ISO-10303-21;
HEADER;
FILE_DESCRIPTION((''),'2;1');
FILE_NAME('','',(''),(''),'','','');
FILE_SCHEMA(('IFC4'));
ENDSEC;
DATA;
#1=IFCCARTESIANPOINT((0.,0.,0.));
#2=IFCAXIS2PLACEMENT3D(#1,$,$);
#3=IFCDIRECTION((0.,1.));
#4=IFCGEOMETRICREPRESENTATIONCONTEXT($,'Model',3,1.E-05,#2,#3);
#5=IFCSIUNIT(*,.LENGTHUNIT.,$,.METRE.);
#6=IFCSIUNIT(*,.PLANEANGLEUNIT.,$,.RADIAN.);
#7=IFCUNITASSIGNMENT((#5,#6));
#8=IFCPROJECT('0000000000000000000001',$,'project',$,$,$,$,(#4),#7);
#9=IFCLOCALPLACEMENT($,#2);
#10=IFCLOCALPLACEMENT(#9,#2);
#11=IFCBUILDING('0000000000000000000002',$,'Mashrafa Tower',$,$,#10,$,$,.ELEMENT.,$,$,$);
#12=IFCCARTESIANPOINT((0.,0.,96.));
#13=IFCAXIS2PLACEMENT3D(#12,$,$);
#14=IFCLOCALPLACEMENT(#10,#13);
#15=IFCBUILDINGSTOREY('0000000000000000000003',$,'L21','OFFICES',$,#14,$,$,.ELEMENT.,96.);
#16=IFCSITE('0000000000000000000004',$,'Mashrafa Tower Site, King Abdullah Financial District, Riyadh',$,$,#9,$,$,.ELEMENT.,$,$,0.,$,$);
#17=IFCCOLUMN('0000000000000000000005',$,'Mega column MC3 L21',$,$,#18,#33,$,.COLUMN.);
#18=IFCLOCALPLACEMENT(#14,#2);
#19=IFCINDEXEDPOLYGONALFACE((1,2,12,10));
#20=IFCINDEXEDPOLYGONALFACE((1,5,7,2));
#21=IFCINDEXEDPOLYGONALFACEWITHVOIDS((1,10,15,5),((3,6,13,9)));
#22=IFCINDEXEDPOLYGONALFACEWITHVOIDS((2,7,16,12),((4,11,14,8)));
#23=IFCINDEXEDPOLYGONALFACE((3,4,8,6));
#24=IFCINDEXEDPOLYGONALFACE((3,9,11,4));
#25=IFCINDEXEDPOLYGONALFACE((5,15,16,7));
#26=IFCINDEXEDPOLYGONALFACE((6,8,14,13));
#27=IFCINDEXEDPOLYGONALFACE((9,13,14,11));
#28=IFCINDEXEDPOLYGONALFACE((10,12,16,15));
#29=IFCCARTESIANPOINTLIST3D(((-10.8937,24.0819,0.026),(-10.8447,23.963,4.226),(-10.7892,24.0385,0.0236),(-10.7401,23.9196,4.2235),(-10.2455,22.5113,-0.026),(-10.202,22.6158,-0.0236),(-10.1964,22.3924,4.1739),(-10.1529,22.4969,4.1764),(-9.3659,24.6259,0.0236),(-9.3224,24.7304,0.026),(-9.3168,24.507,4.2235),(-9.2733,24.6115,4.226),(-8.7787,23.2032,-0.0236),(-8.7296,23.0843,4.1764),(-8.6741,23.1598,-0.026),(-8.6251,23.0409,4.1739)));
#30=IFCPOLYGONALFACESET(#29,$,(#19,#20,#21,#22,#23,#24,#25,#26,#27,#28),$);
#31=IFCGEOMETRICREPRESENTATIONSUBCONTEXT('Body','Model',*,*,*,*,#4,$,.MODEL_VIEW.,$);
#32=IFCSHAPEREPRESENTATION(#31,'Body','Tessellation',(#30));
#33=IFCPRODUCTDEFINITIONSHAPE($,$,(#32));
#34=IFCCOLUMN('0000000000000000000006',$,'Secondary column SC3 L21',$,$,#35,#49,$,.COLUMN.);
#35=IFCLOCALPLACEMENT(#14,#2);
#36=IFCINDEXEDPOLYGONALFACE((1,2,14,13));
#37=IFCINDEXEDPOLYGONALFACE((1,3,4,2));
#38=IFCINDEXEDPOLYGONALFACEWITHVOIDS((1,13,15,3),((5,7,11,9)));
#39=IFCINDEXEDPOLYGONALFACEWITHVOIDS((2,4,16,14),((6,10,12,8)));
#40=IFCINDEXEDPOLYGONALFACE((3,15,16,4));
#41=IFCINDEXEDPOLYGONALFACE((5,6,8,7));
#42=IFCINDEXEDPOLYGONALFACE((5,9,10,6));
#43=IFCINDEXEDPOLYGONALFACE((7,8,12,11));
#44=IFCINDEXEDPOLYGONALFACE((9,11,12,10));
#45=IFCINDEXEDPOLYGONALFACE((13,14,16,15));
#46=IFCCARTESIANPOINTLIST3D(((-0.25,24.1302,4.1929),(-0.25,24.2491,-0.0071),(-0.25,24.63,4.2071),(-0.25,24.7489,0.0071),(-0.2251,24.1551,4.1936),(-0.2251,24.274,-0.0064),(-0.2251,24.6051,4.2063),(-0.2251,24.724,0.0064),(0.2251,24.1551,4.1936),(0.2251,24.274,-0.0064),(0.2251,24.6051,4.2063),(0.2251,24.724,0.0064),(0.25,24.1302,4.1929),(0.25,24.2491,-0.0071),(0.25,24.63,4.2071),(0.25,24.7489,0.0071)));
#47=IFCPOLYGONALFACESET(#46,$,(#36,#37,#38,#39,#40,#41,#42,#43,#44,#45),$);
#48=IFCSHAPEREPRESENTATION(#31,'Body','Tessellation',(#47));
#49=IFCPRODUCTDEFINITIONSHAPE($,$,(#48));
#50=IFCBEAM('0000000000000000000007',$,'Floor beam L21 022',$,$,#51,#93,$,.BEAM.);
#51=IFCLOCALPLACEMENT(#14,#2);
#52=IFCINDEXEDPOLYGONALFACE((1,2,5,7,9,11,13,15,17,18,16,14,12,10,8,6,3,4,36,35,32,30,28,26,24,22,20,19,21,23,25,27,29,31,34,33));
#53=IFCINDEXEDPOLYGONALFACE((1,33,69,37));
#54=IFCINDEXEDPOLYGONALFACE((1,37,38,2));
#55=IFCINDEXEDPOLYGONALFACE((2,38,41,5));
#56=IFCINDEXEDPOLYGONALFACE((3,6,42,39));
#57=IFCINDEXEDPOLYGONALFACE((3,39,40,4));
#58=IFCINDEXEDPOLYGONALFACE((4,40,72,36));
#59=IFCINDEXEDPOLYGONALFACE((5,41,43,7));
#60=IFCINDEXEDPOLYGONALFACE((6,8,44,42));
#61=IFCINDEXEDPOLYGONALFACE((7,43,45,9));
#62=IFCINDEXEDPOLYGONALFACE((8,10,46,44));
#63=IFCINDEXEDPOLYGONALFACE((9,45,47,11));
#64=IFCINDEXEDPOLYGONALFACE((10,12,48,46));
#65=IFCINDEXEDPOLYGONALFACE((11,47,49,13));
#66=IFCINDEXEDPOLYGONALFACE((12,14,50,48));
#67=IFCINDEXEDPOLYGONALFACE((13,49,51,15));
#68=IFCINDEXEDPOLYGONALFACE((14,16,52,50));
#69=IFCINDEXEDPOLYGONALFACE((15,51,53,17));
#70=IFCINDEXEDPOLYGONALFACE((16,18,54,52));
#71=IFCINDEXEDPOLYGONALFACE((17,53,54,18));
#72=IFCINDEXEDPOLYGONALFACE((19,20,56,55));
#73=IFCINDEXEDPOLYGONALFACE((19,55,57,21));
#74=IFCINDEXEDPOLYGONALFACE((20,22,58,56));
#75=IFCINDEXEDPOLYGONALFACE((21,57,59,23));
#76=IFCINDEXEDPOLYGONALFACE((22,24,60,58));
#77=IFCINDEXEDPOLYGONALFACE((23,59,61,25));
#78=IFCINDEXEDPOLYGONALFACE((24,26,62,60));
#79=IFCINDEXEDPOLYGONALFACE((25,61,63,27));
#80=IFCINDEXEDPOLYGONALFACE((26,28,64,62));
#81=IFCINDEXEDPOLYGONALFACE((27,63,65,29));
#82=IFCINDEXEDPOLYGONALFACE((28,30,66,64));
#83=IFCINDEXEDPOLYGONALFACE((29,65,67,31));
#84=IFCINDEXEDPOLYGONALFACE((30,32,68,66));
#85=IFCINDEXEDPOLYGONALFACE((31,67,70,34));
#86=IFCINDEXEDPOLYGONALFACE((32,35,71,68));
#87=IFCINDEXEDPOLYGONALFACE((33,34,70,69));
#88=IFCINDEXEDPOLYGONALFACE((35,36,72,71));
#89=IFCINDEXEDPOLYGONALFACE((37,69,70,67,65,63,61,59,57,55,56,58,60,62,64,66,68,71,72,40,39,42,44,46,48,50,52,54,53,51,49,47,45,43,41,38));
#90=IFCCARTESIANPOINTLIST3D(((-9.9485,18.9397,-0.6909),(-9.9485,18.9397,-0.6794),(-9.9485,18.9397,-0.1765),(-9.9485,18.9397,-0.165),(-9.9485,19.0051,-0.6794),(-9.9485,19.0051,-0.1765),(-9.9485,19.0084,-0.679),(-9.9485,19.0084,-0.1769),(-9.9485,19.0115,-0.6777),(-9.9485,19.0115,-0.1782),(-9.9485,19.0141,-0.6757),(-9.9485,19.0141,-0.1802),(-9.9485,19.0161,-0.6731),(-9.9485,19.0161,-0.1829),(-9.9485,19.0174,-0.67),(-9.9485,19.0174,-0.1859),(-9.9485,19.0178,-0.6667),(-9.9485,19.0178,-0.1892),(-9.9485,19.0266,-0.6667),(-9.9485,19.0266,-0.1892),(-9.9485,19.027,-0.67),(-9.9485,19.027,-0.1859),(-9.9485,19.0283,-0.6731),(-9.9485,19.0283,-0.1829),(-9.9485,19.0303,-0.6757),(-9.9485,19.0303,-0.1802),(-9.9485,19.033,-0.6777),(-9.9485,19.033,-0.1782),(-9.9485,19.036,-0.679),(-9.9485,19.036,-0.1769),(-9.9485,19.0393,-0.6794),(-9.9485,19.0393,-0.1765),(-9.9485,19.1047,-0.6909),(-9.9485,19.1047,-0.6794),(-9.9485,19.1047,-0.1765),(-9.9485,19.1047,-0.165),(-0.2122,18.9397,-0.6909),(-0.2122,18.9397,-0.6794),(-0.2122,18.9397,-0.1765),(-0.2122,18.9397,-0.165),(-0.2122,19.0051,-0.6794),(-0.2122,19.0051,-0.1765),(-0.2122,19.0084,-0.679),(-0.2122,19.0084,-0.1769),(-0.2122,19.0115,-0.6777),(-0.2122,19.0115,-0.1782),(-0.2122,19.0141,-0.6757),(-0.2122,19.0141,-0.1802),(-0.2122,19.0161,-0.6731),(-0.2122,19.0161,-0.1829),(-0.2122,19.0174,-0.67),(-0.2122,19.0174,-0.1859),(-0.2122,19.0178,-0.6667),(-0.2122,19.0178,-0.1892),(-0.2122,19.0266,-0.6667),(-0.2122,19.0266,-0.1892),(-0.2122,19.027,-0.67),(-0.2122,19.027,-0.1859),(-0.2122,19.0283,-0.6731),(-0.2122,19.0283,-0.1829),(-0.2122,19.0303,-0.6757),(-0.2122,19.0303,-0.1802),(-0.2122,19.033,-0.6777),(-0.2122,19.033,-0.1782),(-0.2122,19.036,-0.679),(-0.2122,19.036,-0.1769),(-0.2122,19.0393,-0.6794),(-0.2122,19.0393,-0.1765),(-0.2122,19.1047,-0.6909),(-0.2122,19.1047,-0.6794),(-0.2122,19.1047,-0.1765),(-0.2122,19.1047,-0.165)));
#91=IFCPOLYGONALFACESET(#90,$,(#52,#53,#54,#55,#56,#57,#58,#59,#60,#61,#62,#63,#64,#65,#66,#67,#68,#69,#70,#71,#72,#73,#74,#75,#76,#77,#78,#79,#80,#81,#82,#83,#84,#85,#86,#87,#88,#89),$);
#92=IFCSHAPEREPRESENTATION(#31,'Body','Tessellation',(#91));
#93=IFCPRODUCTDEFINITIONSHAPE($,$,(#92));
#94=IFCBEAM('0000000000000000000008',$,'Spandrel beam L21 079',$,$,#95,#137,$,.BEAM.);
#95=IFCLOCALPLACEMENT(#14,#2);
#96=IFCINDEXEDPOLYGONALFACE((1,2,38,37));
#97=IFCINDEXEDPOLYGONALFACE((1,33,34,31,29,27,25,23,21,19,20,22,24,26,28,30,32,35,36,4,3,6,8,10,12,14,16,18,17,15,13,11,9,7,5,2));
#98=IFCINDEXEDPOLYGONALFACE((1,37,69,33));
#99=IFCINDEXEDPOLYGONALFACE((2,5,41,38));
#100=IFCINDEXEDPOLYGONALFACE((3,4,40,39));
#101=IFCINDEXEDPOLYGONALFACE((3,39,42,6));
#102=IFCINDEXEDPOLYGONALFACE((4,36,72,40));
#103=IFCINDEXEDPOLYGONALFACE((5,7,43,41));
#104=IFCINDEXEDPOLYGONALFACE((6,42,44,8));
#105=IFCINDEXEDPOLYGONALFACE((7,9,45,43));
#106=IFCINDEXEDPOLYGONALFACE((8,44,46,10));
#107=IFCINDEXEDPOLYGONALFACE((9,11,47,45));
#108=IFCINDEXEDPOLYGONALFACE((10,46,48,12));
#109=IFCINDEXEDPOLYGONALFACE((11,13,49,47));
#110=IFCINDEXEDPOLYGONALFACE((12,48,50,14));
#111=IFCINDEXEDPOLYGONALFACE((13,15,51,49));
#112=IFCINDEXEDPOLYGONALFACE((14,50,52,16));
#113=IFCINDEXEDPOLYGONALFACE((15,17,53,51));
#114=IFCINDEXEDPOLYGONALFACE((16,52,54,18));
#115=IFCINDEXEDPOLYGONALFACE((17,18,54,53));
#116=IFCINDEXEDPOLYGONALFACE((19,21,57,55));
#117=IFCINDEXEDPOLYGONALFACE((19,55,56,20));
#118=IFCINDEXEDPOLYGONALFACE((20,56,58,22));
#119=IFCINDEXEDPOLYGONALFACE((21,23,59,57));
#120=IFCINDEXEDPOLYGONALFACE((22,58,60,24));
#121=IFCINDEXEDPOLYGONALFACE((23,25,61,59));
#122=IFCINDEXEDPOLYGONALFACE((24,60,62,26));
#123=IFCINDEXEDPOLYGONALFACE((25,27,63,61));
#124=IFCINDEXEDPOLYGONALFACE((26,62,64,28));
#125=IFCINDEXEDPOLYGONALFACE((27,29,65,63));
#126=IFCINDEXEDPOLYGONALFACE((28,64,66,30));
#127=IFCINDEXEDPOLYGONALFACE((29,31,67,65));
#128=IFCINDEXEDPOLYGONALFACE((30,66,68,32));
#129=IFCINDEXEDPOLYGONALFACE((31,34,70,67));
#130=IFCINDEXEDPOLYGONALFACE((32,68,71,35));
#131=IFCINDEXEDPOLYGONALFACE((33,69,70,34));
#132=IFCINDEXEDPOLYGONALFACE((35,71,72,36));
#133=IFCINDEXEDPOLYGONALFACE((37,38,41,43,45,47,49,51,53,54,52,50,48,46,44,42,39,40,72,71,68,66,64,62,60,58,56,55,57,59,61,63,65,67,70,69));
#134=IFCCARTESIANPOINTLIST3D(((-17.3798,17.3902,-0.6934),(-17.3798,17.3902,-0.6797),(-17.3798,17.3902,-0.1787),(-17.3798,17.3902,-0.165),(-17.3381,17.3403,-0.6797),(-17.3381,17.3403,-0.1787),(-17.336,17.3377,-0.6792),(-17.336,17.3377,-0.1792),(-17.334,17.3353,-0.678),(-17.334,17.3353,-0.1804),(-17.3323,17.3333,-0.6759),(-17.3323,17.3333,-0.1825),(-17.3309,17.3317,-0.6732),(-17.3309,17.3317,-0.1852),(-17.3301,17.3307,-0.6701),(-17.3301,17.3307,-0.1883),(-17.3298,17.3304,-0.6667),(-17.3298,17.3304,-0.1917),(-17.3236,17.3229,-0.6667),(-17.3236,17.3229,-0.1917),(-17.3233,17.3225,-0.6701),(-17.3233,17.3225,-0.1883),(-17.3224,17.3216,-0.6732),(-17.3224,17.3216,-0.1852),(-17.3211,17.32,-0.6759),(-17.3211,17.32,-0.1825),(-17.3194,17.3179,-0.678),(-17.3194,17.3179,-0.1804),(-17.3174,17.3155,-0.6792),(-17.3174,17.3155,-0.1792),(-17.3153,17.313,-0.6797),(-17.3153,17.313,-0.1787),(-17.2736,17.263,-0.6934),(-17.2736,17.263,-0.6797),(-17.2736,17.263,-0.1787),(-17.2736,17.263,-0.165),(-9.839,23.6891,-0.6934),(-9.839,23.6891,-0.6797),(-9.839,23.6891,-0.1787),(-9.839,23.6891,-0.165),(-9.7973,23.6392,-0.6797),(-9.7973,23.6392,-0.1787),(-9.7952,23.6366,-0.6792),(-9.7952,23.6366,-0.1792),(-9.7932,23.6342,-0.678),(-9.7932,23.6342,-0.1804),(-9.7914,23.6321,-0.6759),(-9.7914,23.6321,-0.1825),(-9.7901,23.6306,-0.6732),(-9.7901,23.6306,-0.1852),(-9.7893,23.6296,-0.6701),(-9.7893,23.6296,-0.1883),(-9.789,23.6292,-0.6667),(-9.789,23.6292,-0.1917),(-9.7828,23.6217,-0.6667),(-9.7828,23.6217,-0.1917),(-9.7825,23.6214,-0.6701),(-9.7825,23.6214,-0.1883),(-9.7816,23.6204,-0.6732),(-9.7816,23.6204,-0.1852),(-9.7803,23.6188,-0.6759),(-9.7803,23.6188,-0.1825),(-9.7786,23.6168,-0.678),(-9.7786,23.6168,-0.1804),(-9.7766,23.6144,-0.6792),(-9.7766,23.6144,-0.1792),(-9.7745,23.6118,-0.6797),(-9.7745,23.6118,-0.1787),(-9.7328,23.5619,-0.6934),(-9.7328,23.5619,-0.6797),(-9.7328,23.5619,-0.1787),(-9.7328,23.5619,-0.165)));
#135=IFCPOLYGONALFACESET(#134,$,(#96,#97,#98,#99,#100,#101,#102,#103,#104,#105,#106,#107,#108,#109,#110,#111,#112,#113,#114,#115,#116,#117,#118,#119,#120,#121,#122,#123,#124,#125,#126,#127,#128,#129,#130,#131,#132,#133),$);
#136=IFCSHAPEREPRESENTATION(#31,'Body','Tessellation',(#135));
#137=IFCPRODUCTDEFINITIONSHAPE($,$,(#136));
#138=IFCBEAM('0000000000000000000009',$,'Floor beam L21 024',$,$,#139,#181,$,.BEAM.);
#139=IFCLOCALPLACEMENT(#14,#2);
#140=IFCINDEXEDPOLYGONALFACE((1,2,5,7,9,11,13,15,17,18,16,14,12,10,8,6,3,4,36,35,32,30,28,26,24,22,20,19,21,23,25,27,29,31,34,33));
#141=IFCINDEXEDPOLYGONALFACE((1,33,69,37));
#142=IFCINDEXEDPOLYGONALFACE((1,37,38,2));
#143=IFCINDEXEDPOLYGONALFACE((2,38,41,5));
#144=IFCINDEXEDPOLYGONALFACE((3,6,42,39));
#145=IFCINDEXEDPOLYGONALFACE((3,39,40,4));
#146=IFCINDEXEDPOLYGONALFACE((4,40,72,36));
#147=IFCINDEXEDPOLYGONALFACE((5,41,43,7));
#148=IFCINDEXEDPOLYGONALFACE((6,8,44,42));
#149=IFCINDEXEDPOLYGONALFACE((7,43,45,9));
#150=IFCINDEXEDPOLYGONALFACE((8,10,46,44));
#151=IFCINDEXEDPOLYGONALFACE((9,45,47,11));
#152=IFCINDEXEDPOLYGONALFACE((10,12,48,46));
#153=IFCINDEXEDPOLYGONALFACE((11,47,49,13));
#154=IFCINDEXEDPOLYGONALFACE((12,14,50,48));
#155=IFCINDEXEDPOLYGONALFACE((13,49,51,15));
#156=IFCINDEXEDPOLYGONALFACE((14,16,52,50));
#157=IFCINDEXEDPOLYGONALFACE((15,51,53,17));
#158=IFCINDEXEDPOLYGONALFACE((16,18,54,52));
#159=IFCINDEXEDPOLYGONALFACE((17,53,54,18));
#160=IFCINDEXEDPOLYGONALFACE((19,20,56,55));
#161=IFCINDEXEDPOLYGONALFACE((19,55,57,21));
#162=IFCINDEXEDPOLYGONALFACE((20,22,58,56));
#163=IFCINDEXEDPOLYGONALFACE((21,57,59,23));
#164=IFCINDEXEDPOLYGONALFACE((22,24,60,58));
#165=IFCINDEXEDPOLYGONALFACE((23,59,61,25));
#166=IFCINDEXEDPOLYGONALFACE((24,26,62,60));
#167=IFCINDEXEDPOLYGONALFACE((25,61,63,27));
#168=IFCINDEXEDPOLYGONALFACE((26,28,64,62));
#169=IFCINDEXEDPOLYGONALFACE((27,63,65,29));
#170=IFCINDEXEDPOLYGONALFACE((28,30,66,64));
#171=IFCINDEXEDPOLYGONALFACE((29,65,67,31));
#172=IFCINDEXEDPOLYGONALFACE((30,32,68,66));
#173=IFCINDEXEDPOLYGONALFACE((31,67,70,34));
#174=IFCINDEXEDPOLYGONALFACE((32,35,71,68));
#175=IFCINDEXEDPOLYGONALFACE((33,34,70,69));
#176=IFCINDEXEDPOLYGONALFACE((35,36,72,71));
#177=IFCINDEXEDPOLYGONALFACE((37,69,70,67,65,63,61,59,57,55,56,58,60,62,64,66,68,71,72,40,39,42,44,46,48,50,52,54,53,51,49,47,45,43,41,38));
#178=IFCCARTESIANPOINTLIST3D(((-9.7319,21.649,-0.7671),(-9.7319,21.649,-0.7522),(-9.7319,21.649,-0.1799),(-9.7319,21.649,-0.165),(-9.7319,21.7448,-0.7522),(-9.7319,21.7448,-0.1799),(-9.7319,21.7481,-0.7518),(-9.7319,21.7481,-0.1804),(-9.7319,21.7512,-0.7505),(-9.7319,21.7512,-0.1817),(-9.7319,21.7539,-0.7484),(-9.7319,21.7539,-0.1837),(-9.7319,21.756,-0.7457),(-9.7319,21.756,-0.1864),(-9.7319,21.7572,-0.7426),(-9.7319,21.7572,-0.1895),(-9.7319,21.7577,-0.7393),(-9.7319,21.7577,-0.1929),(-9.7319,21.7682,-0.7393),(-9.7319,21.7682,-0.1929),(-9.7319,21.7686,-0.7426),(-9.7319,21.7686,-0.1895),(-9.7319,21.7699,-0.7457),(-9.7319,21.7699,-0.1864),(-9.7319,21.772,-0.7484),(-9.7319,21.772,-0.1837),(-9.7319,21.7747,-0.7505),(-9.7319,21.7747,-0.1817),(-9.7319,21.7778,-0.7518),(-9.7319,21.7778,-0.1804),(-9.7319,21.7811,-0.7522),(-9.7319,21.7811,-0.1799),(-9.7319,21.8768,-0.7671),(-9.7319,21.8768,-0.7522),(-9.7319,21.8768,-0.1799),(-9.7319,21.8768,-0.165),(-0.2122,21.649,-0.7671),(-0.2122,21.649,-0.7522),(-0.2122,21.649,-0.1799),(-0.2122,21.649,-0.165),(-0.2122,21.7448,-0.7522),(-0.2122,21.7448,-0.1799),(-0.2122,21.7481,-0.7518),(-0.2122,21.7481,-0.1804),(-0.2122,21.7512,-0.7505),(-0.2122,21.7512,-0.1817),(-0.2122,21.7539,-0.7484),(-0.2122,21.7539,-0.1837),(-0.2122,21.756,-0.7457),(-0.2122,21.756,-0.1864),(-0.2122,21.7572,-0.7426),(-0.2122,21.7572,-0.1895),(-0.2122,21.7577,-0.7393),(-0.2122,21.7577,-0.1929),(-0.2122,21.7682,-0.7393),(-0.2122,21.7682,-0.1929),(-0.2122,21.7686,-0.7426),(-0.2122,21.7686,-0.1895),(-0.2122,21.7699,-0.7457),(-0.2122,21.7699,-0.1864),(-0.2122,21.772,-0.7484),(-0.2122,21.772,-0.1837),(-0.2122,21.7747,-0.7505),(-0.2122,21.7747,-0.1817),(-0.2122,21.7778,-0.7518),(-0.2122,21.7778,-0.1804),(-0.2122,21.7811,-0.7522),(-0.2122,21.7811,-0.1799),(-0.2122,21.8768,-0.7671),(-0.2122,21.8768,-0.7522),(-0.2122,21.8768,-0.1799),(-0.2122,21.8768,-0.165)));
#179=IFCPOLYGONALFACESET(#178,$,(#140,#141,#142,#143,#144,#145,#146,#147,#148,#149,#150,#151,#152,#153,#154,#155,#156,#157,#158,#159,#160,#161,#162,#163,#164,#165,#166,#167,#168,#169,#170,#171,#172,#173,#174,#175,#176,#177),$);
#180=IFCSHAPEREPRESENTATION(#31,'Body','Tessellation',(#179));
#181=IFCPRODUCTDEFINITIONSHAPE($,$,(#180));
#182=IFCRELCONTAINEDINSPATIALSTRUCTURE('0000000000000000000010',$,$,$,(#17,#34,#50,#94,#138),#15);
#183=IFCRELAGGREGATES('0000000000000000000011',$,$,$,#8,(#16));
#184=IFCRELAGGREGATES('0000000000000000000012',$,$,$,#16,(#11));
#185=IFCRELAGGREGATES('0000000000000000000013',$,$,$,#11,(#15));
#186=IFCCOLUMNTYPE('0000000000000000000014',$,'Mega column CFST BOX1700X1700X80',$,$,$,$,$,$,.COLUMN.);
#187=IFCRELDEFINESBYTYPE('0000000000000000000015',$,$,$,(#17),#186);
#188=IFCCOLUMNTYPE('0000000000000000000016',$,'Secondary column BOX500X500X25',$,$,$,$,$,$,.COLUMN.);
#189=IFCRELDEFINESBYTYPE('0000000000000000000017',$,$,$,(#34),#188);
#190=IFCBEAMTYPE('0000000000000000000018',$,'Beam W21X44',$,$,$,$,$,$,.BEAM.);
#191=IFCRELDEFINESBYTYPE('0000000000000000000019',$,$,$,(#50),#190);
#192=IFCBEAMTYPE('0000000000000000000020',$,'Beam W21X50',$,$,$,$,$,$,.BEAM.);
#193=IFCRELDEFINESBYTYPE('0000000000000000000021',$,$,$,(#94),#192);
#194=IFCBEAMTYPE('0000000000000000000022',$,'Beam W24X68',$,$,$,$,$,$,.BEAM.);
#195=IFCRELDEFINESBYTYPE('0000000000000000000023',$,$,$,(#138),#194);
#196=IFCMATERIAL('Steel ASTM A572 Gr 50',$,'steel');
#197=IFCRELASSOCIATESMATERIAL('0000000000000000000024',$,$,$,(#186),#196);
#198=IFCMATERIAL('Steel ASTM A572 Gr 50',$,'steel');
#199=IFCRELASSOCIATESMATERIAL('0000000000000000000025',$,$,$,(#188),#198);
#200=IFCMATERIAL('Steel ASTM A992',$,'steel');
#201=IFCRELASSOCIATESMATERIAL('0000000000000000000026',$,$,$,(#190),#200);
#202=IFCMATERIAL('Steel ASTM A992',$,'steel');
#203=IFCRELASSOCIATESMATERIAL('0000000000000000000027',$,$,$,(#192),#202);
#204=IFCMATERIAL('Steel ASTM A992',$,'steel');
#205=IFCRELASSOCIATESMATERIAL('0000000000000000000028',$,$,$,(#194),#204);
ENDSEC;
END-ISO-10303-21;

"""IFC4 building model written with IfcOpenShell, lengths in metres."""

from ifc_helpers import new_model, si_unit, direction, frame, origin, origin_2d, place, context, subcontext, project, spatial, hollow_rectangle, i_section, extrude, material, material_profile, profile_set, type_object, element, save


model = new_model("IFC4")

# Units and contexts
model_context = context("Model", 3, precision=1e-05, world=origin(), true_north=direction((0.0, 1.0)))
body_context = subcontext(model_context, "Body", "Model", "MODEL_VIEW")
ifc_project = project(units=[si_unit("LENGTHUNIT", "METRE"), si_unit("PLANEANGLEUNIT", "RADIAN")], contexts=[model_context])

# Site, building, storey
site_placement = place(None, origin())
site = spatial("IfcSite", under=ifc_project, at=site_placement, Name="Mashrafa Tower Site, King Abdullah Financial District, Riyadh", CompositionType="ELEMENT", RefElevation=0.0)
building_placement = place(site_placement, origin())
building = spatial("IfcBuilding", under=site, at=building_placement, Name="Mashrafa Tower", CompositionType="ELEMENT")
storey_placement = place(building_placement, frame((0.0, 0.0, 96.0)))
storey = spatial("IfcBuildingStorey", under=building, at=storey_placement, Name="L21", Description="OFFICES", CompositionType="ELEMENT", Elevation=96.0)

# Columns
ifc_material_1 = material(Name="Steel ASTM A572 Gr 50", Category="steel")
ifc_material_profile_1 = material_profile(ifc_material_1, hollow_rectangle(XDim=1.7, YDim=1.7, WallThickness=0.0801, at=origin_2d()), Name="BOX1700X1700X80")
ifc_profile_set_1 = profile_set([ifc_material_profile_1], Name="Steel ASTM A572 Gr 50")
column_type_1 = type_object("IfcColumnType", Name="Mega column CFST BOX1700X1700X80", PredefinedType="COLUMN", material=ifc_profile_set_1)
column_1_placement = place(storey_placement, frame((-9.7839, 23.6208, 0.0), z_axis=(0.011679, -0.028296, 0.999531), x_axis=(0.924363, 0.381513, 0.0)))
element("IfcColumn", 1, at=column_1_placement, inside=storey, type_object=column_type_1, Name="Mega column MC3 L21", PredefinedType="COLUMN", context=body_context, shape_type="SweptSolid", body=[
    extrude(hollow_rectangle(XDim=1.7, YDim=1.7, WallThickness=0.0801, at=origin_2d()), origin(), (0.0, 0.0, 1.0), 4.2019),
])
ifc_material_2 = material(Name="Steel ASTM A572 Gr 50", Category="steel")
ifc_material_profile_2 = material_profile(ifc_material_2, hollow_rectangle(XDim=0.5, YDim=0.5, WallThickness=0.0249, at=origin_2d()), Name="BOX500X500X25")
ifc_profile_set_2 = profile_set([ifc_material_profile_2], Name="Steel ASTM A572 Gr 50")
column_type_2 = type_object("IfcColumnType", Name="Secondary column BOX500X500X25", PredefinedType="COLUMN", material=ifc_profile_set_2)
column_2_placement = place(storey_placement, frame((0.0, 24.499, 0.0), z_axis=(0.0, -0.028298, 0.9996), x_axis=(1.0, 0.0, 0.0)))
element("IfcColumn", 2, at=column_2_placement, inside=storey, type_object=column_type_2, Name="Secondary column SC3 L21", PredefinedType="COLUMN", context=body_context, shape_type="SweptSolid", body=[
    extrude(hollow_rectangle(XDim=0.5, YDim=0.5, WallThickness=0.0249, at=origin_2d()), origin(), (0.0, 0.0, 1.0), 4.2017),
])

# Beams
ifc_material_3 = material(Name="Steel ASTM A992", Category="steel")
ifc_material_profile_3 = material_profile(ifc_material_3, i_section(OverallWidth=0.165, OverallDepth=0.5259, WebThickness=0.0088, FlangeThickness=0.0115, FilletRadius=0.0127, at=origin_2d()), Name="W21X44")
ifc_profile_set_3 = profile_set([ifc_material_profile_3], Name="Steel ASTM A992")
beam_type_1 = type_object("IfcBeamType", Name="Beam W21X44", PredefinedType="BEAM", material=ifc_profile_set_3)
beam_1_placement = place(storey_placement, frame((-9.9485, 19.0222, -0.428), z_axis=(1.0, 0.0, 0.0), x_axis=(0.0, 1.0, 0.0)))
element("IfcBeam", 3, at=beam_1_placement, inside=storey, type_object=beam_type_1, Name="Floor beam L21 022", PredefinedType="BEAM", context=body_context, shape_type="SweptSolid", body=[
    extrude(i_section(OverallWidth=0.165, OverallDepth=0.5259, WebThickness=0.0088, FlangeThickness=0.0115, FilletRadius=0.0127, at=origin_2d()), origin(), (0.0, 0.0, 1.0), 9.7363),
])
ifc_material_4 = material(Name="Steel ASTM A992", Category="steel")
ifc_material_profile_4 = material_profile(ifc_material_4, i_section(OverallWidth=0.1658, OverallDepth=0.5283, WebThickness=0.0098, FlangeThickness=0.0137, FilletRadius=0.0129, at=origin_2d()), Name="W21X50")
ifc_profile_set_4 = profile_set([ifc_material_profile_4], Name="Steel ASTM A992")
beam_type_2 = type_object("IfcBeamType", Name="Beam W21X50", PredefinedType="BEAM", material=ifc_profile_set_4)
beam_2_placement = place(storey_placement, frame((-9.7859, 23.6255, -0.4292), z_axis=(-0.767477, -0.641076, 0.0), x_axis=(0.641076, -0.767477, 0.0)))
element("IfcBeam", 4, at=beam_2_placement, inside=storey, type_object=beam_type_2, Name="Spandrel beam L21 079", PredefinedType="BEAM", context=body_context, shape_type="SweptSolid", body=[
    extrude(i_section(OverallWidth=0.1658, OverallDepth=0.5283, WebThickness=0.0098, FlangeThickness=0.0137, FilletRadius=0.0129, at=origin_2d()), origin(), (0.0, 0.0, 1.0), 9.8254),
])
ifc_material_5 = material(Name="Steel ASTM A992", Category="steel")
ifc_material_profile_5 = material_profile(ifc_material_5, i_section(OverallWidth=0.2278, OverallDepth=0.6021, WebThickness=0.0105, FlangeThickness=0.0149, FilletRadius=0.0129, at=origin_2d()), Name="W24X68")
ifc_profile_set_5 = profile_set([ifc_material_profile_5], Name="Steel ASTM A992")
beam_type_3 = type_object("IfcBeamType", Name="Beam W24X68", PredefinedType="BEAM", material=ifc_profile_set_5)
beam_3_placement = place(storey_placement, frame((-9.7319, 21.7629, -0.4661), z_axis=(1.0, 0.0, 0.0), x_axis=(0.0, 1.0, 0.0)))
element("IfcBeam", 5, at=beam_3_placement, inside=storey, type_object=beam_type_3, Name="Floor beam L21 024", PredefinedType="BEAM", context=body_context, shape_type="SweptSolid", body=[
    extrude(i_section(OverallWidth=0.2278, OverallDepth=0.6021, WebThickness=0.0105, FlangeThickness=0.0149, FilletRadius=0.0129, at=origin_2d()), origin(), (0.0, 0.0, 1.0), 9.5198),
])

save(model, "model.ifc")
